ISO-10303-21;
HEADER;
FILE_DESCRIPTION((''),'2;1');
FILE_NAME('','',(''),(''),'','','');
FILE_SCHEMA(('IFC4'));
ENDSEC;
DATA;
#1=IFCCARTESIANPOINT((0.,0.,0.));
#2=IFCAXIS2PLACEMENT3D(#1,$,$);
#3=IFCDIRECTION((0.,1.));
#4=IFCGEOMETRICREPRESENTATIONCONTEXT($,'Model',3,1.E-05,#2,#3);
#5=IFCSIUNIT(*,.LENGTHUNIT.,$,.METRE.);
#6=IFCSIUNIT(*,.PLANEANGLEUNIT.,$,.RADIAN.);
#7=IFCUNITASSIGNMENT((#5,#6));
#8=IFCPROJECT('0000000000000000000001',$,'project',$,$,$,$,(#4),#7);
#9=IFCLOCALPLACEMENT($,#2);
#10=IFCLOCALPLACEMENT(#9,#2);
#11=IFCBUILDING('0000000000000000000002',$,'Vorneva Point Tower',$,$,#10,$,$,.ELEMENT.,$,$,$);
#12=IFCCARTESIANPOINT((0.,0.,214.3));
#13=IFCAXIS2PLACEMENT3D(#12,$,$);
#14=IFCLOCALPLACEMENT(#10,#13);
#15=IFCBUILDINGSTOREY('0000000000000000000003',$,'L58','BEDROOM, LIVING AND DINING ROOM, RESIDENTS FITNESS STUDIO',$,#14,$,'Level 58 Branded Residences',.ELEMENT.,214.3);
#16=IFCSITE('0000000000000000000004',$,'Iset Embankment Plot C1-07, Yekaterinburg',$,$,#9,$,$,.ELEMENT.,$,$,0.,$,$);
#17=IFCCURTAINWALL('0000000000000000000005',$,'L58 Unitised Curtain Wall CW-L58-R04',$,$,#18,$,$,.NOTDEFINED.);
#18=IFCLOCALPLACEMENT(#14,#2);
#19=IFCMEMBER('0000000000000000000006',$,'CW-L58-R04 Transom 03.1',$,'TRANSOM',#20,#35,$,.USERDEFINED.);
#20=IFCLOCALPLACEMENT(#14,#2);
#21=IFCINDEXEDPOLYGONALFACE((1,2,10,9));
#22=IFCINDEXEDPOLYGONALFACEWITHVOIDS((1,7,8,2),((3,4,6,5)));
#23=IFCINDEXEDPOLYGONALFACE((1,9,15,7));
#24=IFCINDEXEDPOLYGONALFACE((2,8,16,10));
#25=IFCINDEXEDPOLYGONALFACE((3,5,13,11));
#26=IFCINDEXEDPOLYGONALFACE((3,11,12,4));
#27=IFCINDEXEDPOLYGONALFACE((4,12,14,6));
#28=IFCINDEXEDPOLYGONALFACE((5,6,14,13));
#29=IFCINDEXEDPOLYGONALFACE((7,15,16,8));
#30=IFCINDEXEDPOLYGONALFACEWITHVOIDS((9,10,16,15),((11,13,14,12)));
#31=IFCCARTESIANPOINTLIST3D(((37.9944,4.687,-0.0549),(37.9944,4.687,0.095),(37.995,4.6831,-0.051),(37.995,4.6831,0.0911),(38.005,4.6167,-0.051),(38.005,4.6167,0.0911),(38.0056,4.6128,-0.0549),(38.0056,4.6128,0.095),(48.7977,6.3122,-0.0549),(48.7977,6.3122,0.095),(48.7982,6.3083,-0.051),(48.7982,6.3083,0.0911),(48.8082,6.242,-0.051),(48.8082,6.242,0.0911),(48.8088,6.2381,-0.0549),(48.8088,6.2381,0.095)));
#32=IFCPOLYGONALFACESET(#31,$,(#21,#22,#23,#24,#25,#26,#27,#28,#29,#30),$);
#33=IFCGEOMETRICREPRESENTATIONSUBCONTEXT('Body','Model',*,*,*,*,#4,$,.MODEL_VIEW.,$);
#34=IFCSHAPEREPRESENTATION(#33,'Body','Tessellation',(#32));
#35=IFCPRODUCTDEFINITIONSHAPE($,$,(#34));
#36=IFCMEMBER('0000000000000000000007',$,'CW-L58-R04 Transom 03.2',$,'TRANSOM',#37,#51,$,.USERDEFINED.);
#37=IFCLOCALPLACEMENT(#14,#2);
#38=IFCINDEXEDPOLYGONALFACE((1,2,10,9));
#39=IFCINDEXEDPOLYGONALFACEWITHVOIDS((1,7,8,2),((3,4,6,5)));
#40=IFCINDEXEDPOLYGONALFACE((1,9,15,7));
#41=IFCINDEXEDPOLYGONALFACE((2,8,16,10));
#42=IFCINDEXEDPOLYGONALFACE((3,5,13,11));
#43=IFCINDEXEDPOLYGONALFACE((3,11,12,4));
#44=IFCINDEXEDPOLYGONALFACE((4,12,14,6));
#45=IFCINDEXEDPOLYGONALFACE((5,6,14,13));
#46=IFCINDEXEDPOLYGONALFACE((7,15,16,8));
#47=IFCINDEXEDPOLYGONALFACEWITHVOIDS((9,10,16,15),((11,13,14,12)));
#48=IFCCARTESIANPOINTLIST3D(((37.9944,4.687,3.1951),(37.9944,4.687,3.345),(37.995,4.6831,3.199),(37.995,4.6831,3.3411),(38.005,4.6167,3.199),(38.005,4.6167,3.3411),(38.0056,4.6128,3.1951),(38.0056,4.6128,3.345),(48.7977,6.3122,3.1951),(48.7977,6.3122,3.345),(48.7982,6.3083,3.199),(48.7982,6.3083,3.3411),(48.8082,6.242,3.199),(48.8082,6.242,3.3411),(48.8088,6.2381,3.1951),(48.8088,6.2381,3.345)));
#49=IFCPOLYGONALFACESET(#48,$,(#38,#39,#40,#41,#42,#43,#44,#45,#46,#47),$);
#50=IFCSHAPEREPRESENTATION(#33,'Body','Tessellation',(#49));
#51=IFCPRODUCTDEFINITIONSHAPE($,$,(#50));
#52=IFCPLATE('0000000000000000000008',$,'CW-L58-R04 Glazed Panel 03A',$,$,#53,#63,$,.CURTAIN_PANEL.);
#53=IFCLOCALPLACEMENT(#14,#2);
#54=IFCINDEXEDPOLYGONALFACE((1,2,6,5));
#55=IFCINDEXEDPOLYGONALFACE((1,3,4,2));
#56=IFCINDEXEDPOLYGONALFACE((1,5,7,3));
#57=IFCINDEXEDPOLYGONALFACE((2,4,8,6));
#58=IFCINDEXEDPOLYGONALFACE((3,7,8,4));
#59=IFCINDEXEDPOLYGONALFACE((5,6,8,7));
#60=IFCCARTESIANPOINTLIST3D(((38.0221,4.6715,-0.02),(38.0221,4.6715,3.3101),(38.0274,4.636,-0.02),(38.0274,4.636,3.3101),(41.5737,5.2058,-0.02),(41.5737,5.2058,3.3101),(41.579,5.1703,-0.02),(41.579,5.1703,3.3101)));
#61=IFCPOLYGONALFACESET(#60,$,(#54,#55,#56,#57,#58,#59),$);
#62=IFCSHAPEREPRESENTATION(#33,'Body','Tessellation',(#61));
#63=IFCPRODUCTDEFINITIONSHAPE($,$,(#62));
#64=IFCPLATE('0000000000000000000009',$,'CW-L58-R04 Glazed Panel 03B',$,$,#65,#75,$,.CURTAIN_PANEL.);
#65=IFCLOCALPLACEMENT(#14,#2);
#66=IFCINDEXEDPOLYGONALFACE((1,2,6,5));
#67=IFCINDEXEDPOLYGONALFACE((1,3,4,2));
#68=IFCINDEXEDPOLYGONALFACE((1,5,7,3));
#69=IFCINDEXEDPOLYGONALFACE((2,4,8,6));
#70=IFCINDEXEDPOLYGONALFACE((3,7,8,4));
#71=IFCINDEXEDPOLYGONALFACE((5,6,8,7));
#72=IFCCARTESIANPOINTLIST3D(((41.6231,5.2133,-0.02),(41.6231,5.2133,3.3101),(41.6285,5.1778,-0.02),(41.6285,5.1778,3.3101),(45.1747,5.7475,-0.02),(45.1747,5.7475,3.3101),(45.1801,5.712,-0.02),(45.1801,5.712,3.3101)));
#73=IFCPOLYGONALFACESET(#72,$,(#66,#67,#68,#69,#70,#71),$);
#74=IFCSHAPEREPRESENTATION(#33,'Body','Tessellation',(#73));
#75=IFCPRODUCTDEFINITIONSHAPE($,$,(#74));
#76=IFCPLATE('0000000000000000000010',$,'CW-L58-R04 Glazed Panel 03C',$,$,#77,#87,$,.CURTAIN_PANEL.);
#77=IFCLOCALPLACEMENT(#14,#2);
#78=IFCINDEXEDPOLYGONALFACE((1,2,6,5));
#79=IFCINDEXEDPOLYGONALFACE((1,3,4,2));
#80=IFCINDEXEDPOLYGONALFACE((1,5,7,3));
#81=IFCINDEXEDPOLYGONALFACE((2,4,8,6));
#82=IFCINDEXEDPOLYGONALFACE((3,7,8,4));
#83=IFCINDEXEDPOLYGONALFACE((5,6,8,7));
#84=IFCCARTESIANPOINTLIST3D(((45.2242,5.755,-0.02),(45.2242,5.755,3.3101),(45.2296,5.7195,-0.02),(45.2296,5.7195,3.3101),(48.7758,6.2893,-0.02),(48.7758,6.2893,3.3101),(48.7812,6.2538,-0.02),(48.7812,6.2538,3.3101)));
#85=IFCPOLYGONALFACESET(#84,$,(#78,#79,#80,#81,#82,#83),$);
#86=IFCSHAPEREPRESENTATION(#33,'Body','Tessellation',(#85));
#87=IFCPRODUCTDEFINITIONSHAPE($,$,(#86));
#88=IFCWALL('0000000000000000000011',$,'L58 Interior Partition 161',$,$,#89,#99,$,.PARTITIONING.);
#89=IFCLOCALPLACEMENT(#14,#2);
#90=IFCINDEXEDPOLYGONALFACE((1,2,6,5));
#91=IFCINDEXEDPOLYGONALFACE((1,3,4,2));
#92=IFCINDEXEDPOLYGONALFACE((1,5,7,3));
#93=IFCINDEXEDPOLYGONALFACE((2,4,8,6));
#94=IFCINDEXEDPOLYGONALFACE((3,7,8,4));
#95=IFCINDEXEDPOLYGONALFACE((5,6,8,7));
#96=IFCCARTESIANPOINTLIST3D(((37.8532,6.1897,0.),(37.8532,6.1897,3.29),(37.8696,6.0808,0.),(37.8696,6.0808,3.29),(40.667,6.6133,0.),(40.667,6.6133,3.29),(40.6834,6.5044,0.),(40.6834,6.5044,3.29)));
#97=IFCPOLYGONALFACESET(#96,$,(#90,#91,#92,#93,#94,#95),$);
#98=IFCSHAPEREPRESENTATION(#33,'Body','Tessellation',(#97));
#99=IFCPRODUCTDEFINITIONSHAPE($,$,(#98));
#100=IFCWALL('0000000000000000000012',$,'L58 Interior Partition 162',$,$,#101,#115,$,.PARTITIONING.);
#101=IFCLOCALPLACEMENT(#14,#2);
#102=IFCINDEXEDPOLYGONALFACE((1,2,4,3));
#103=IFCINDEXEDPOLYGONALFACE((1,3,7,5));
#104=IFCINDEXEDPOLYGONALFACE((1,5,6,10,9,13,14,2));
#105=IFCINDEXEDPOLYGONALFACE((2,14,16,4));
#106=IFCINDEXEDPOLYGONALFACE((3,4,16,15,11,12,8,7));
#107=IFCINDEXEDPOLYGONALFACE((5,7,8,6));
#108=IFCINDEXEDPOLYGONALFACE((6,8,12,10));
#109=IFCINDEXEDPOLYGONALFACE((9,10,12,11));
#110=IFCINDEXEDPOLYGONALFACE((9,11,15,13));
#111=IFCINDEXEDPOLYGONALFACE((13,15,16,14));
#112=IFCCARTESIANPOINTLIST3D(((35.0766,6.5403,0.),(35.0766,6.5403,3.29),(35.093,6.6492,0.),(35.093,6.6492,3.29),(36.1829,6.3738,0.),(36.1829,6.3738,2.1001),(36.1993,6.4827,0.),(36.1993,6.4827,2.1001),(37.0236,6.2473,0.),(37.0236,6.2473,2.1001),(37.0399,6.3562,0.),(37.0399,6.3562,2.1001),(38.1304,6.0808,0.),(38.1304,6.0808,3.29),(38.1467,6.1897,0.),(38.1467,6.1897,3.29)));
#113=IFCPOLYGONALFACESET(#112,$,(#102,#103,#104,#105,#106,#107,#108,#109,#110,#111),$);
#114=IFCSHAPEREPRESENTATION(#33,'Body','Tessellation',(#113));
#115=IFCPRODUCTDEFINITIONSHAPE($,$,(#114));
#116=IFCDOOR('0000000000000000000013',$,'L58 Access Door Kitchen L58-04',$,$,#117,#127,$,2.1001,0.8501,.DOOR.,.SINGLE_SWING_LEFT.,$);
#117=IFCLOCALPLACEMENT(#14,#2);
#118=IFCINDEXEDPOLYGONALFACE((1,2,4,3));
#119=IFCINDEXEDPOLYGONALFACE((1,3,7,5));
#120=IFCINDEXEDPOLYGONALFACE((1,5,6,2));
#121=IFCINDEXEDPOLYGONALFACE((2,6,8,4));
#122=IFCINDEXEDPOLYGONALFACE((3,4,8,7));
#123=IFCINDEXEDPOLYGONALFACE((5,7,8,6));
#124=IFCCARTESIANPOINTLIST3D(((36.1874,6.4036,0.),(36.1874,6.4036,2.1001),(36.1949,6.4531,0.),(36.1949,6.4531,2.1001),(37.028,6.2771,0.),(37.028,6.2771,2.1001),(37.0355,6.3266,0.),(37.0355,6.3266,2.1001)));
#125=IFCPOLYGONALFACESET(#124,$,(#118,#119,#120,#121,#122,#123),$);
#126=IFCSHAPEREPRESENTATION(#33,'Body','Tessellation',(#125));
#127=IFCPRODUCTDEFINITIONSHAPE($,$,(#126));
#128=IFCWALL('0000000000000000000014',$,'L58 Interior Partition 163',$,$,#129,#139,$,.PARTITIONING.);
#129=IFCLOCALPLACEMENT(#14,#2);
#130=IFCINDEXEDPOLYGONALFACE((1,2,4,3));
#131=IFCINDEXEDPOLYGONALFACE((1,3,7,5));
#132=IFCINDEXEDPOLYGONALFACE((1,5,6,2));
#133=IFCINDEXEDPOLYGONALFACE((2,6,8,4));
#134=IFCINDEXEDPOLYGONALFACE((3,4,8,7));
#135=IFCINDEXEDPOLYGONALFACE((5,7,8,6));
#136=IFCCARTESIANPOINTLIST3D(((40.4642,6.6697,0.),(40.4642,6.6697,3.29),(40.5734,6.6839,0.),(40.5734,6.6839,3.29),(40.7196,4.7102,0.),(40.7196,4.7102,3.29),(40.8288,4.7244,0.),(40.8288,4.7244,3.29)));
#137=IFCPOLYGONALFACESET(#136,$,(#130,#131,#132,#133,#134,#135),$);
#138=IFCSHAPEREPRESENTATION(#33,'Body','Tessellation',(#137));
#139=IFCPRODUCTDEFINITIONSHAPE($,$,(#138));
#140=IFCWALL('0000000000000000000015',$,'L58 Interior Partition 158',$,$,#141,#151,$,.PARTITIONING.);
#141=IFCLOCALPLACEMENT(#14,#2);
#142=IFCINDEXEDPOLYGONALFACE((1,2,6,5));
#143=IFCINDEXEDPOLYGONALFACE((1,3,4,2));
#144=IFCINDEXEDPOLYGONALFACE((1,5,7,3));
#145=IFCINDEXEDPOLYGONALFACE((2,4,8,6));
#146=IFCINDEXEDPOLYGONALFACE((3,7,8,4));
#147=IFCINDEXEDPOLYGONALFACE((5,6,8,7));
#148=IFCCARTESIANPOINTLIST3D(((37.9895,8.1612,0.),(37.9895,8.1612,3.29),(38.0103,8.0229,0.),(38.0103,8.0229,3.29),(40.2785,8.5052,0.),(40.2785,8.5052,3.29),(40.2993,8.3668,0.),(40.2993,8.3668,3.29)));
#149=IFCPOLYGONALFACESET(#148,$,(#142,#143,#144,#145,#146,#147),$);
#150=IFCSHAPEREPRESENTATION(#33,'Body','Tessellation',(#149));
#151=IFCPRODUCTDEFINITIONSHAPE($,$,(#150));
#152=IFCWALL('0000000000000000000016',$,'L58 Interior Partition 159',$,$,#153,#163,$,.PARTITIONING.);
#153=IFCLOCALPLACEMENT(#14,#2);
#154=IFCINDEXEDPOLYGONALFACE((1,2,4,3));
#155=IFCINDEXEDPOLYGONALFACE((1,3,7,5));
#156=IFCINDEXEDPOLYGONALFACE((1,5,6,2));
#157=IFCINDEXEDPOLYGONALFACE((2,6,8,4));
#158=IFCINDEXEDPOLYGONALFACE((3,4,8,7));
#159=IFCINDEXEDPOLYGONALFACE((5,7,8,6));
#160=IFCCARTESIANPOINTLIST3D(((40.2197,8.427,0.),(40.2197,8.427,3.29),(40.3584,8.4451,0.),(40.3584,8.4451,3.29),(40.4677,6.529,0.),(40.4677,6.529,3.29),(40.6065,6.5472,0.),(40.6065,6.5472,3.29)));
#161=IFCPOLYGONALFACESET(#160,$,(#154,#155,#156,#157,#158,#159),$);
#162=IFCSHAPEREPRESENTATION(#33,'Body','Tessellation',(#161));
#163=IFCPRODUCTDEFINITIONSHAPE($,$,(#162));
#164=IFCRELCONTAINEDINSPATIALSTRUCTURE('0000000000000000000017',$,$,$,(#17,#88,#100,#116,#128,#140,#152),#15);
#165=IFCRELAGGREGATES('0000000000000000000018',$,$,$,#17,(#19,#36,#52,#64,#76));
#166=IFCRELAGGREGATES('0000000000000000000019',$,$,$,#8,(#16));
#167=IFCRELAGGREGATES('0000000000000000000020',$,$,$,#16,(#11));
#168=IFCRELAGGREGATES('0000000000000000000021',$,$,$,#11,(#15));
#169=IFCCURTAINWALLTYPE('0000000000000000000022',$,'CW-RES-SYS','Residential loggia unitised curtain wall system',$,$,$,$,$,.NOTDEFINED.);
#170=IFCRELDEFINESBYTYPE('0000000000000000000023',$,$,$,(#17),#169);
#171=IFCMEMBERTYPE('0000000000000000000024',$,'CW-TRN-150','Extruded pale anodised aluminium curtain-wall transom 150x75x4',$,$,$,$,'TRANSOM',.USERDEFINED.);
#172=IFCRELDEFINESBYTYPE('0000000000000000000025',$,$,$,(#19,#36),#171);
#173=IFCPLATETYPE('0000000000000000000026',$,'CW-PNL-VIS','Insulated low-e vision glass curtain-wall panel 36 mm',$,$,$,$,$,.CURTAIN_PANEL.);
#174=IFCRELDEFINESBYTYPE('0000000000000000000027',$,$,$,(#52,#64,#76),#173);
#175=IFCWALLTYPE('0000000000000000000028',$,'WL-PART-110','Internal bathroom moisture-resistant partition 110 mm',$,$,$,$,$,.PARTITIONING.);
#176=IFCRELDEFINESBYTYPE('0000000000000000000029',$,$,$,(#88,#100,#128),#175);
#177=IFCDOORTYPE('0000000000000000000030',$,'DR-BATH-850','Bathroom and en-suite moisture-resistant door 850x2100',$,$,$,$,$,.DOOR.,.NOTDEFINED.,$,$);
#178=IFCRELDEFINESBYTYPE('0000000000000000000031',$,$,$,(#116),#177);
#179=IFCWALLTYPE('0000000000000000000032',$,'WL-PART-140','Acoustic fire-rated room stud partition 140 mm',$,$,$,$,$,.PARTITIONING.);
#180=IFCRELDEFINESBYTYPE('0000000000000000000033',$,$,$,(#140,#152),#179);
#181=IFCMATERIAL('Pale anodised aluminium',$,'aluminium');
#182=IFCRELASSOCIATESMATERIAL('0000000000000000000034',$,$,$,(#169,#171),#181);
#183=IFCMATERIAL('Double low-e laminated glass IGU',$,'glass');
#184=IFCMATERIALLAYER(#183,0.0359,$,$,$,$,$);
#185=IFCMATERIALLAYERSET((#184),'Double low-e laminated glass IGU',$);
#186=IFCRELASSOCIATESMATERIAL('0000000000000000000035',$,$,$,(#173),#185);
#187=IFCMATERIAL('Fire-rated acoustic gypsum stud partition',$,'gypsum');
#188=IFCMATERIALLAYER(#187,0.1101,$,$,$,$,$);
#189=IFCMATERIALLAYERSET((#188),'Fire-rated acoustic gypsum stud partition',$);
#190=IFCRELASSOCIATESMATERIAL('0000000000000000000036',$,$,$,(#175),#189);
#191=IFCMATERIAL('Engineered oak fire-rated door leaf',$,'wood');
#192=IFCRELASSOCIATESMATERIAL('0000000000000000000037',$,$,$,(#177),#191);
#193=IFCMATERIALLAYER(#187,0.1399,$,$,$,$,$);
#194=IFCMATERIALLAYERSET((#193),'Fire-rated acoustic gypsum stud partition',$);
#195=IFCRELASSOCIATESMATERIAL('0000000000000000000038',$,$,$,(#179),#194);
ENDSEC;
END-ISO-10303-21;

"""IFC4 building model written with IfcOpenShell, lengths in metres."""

from ifc_helpers import new_model, si_unit, direction, frame, frame_2d, origin, origin_2d, place, context, subcontext, project, spatial, rectangle, hollow_rectangle, extrude, material, layer, layer_set, material_profile, profile_set, type_object, element, fill, aggregate, save


model = new_model("IFC4")

# Units and contexts
model_context = context("Model", 3, precision=1e-05, world=origin(), true_north=direction((0.0, 1.0)))
body_context = subcontext(model_context, "Body", "Model", "MODEL_VIEW")
ifc_project = project(units=[si_unit("LENGTHUNIT", "METRE"), si_unit("PLANEANGLEUNIT", "RADIAN")], contexts=[model_context])

# Site, building, storey
site_placement = place(None, origin())
site = spatial("IfcSite", under=ifc_project, at=site_placement, Name="Iset Embankment Plot C1-07, Yekaterinburg", CompositionType="ELEMENT", RefElevation=0.0)
building_placement = place(site_placement, origin())
building = spatial("IfcBuilding", under=site, at=building_placement, Name="Vorneva Point Tower", CompositionType="ELEMENT")
storey_placement = place(building_placement, frame((0.0, 0.0, 214.3)))
storey = spatial("IfcBuildingStorey", under=building, at=storey_placement, Name="L58", Description="BEDROOM, LIVING AND DINING ROOM, RESIDENTS FITNESS STUDIO", LongName="Level 58 Branded Residences", CompositionType="ELEMENT", Elevation=214.3)

# Curtain wall, members, plates
ifc_material_1 = material(Name="Pale anodised aluminium", Category="aluminium")
curtain_wall_type = type_object("IfcCurtainWallType", Name="CW-RES-SYS", Description="Residential loggia unitised curtain wall system", PredefinedType="NOTDEFINED", material=ifc_material_1)
curtain_wall_placement = place(storey_placement, origin())
curtain_wall = element("IfcCurtainWall", 1, at=curtain_wall_placement, inside=storey, type_object=curtain_wall_type, Name="L58 Unitised Curtain Wall CW-L58-R04", PredefinedType="NOTDEFINED")
ifc_material_profile_1 = material_profile(ifc_material_1, hollow_rectangle(XDim=0.075, YDim=0.1499, WallThickness=0.0039, at=origin_2d()), Name="AL-TRN 150x75x4")
ifc_profile_set_1 = profile_set([ifc_material_profile_1], Name="Pale anodised aluminium")
member_type_1 = type_object("IfcMemberType", Name="CW-TRN-150", Description="Extruded pale anodised aluminium curtain-wall transom 150x75x4", ElementType="TRANSOM", PredefinedType="USERDEFINED", material=ifc_profile_set_1)
member_1_placement = place(storey_placement, frame((38.0, 4.6499, 0.02), z_axis=(0.988872, 0.148767, 0.0), x_axis=(-0.148767, 0.988872, 0.0)))
member_1 = element("IfcMember", 2, at=member_1_placement, type_object=member_type_1, Name="CW-L58-R04 Transom 03.1", ObjectType="TRANSOM", PredefinedType="USERDEFINED", context=body_context, shape_type="SweptSolid", body=[
    extrude(hollow_rectangle(XDim=0.075, YDim=0.1499, WallThickness=0.0039, at=origin_2d()), origin(), (0.0, 0.0, 1.0), 10.9248),
])
member_2_placement = place(storey_placement, frame((38.0, 4.6499, 3.27), z_axis=(0.988872, 0.148767, 0.0), x_axis=(-0.148767, 0.988872, 0.0)))
member_2 = element("IfcMember", 3, at=member_2_placement, type_object=member_type_1, Name="CW-L58-R04 Transom 03.2", ObjectType="TRANSOM", PredefinedType="USERDEFINED", context=body_context, shape_type="SweptSolid", body=[
    extrude(hollow_rectangle(XDim=0.075, YDim=0.1499, WallThickness=0.0039, at=origin_2d()), origin(), (0.0, 0.0, 1.0), 10.9248),
])
ifc_material_2 = material(Name="Double low-e laminated glass IGU", Category="glass")
ifc_layer_1 = layer(ifc_material_2, 0.0359)
ifc_layer_set_1 = layer_set([ifc_layer_1], Name="Double low-e laminated glass IGU")
plate_type = type_object("IfcPlateType", Name="CW-PNL-VIS", Description="Insulated low-e vision glass curtain-wall panel 36 mm", PredefinedType="CURTAIN_PANEL", material=ifc_layer_set_1)
plate_1_placement = place(storey_placement, frame((39.8005, 4.9209, -0.02), z_axis=(0.0, 0.0, 1.0), x_axis=(0.988874, 0.148759, 0.0)))
plate_1 = element("IfcPlate", 4, at=plate_1_placement, type_object=plate_type, Name="CW-L58-R04 Glazed Panel 03A", PredefinedType="CURTAIN_PANEL", context=body_context, shape_type="SweptSolid", body=[
    extrude(rectangle(XDim=3.5916, YDim=0.0359, at=origin_2d()), origin(), (0.0, 0.0, 1.0), 3.3301),
])
plate_2_placement = place(storey_placement, frame((43.4016, 5.4626, -0.02), z_axis=(0.0, 0.0, 1.0), x_axis=(0.988874, 0.148759, 0.0)))
plate_2 = element("IfcPlate", 5, at=plate_2_placement, type_object=plate_type, Name="CW-L58-R04 Glazed Panel 03B", PredefinedType="CURTAIN_PANEL", context=body_context, shape_type="SweptSolid", body=[
    extrude(rectangle(XDim=3.5916, YDim=0.0359, at=origin_2d()), origin(), (0.0, 0.0, 1.0), 3.3301),
])
plate_3_placement = place(storey_placement, frame((47.0027, 6.0044, -0.02), z_axis=(0.0, 0.0, 1.0), x_axis=(0.988874, 0.148759, 0.0)))
plate_3 = element("IfcPlate", 6, at=plate_3_placement, type_object=plate_type, Name="CW-L58-R04 Glazed Panel 03C", PredefinedType="CURTAIN_PANEL", context=body_context, shape_type="SweptSolid", body=[
    extrude(rectangle(XDim=3.5916, YDim=0.0359, at=origin_2d()), origin(), (0.0, 0.0, 1.0), 3.3301),
])
aggregate(curtain_wall, [member_1, member_2, plate_1, plate_2, plate_3])

# Wall
ifc_material_3 = material(Name="Fire-rated acoustic gypsum stud partition", Category="gypsum")
ifc_layer_2 = layer(ifc_material_3, 0.1101)
ifc_layer_set_2 = layer_set([ifc_layer_2], Name="Fire-rated acoustic gypsum stud partition")
wall_type_1 = type_object("IfcWallType", Name="WL-PART-110", Description="Internal bathroom moisture-resistant partition 110 mm", PredefinedType="PARTITIONING", material=ifc_layer_set_2)
wall_1_placement = place(storey_placement, frame((40.6753, 6.5588, 0.0), z_axis=(0.0, 0.0, 1.0), x_axis=(-0.988858, -0.148865, 0.0)))
element("IfcWall", 7, at=wall_1_placement, inside=storey, type_object=wall_type_1, Name="L58 Interior Partition 161", PredefinedType="PARTITIONING", context=body_context, shape_type="SweptSolid", body=[
    extrude(rectangle(XDim=2.8455, YDim=0.1101, at=frame_2d((1.4229, 0.0))), origin(), (0.0, 0.0, 1.0), 3.29),
])

# Wall, opening, door
wall_2_placement = place(storey_placement, frame((38.1384, 6.1353, 0.0), z_axis=(0.0, 0.0, 1.0), x_axis=(-0.988869, 0.148789, 0.0)))
wall_2 = element("IfcWall", 8, at=wall_2_placement, inside=storey, type_object=wall_type_1, Name="L58 Interior Partition 162", PredefinedType="PARTITIONING", context=body_context, shape_type="SweptSolid", body=[
    extrude(rectangle(XDim=3.0881, YDim=0.1101, at=frame_2d((1.5439, 0.0))), origin(), (0.0, 0.0, 1.0), 3.29),
])
opening_1_placement = place(wall_2_placement, frame((1.1191, 0.0, 0.0)))
opening_1 = element("IfcOpeningElement", 9, at=opening_1_placement, cuts=wall_2, PredefinedType="OPENING", context=body_context, shape_type="SweptSolid", body=[
    extrude(rectangle(XDim=0.8501, YDim=2.1001, at=frame_2d((0.425, 1.05))), frame((0.0, 0.0698, 0.0), z_axis=(0.0, -1.0, 0.0), x_axis=(1.0, 0.0, 0.0)), (0.0, 0.0, 1.0), 0.1399),
])
ifc_material_4 = material(Name="Engineered oak fire-rated door leaf", Category="wood")
door_type_1 = type_object("IfcDoorType", Name="DR-BATH-850", Description="Bathroom and en-suite moisture-resistant door 850x2100", OperationType="NOTDEFINED", PredefinedType="DOOR", material=ifc_material_4)
door_1_placement = place(opening_1_placement, origin())
door_1 = element("IfcDoor", 10, at=door_1_placement, inside=storey, type_object=door_type_1, Name="L58 Access Door Kitchen L58-04", OperationType="SINGLE_SWING_LEFT", OverallHeight=2.1001, OverallWidth=0.8501, PredefinedType="DOOR", context=body_context, shape_type="SweptSolid", body=[
    extrude(rectangle(XDim=0.8501, YDim=2.1001, at=frame_2d((0.425, 1.05))), frame((0.0, 0.0249, 0.0), z_axis=(0.0, -1.0, 0.0), x_axis=(1.0, 0.0, 0.0)), (0.0, 0.0, 1.0), 0.05),
])
fill(opening_1, door_1)

# Walls
wall_3_placement = place(storey_placement, frame((40.7742, 4.7173, 0.0), z_axis=(0.0, 0.0, 1.0), x_axis=(-0.129234, 0.991614, 0.0)))
element("IfcWall", 11, at=wall_3_placement, inside=storey, type_object=wall_type_1, Name="L58 Interior Partition 163", PredefinedType="PARTITIONING", context=body_context, shape_type="SweptSolid", body=[
    extrude(rectangle(XDim=1.9761, YDim=0.1101, at=frame_2d((0.988, 0.0))), origin(), (0.0, 0.0, 1.0), 3.29),
])
ifc_layer_3 = layer(ifc_material_3, 0.1399)
ifc_layer_set_3 = layer_set([ifc_layer_3], Name="Fire-rated acoustic gypsum stud partition")
wall_type_2 = type_object("IfcWallType", Name="WL-PART-140", Description="Acoustic fire-rated room stud partition 140 mm", PredefinedType="PARTITIONING", material=ifc_layer_set_3)
wall_4_placement = place(storey_placement, frame((38.0, 8.092, 0.0), z_axis=(0.0, 0.0, 1.0), x_axis=(0.988896, 0.148609, 0.0)))
element("IfcWall", 12, at=wall_4_placement, inside=storey, type_object=wall_type_2, Name="L58 Interior Partition 158", PredefinedType="PARTITIONING", context=body_context, shape_type="SweptSolid", body=[
    extrude(rectangle(XDim=2.3147, YDim=0.1399, at=frame_2d((1.1572, 0.0))), origin(), (0.0, 0.0, 1.0), 3.29),
])
wall_5_placement = place(storey_placement, frame((40.2891, 8.436, 0.0), z_axis=(0.0, 0.0, 1.0), x_axis=(0.12959, -0.991568, 0.0)))
element("IfcWall", 13, at=wall_5_placement, inside=storey, type_object=wall_type_2, Name="L58 Interior Partition 159", PredefinedType="PARTITIONING", context=body_context, shape_type="SweptSolid", body=[
    extrude(rectangle(XDim=1.9141, YDim=0.1399, at=frame_2d((0.957, 0.0))), origin(), (0.0, 0.0, 1.0), 3.29),
])

save(model, "model.ifc")
